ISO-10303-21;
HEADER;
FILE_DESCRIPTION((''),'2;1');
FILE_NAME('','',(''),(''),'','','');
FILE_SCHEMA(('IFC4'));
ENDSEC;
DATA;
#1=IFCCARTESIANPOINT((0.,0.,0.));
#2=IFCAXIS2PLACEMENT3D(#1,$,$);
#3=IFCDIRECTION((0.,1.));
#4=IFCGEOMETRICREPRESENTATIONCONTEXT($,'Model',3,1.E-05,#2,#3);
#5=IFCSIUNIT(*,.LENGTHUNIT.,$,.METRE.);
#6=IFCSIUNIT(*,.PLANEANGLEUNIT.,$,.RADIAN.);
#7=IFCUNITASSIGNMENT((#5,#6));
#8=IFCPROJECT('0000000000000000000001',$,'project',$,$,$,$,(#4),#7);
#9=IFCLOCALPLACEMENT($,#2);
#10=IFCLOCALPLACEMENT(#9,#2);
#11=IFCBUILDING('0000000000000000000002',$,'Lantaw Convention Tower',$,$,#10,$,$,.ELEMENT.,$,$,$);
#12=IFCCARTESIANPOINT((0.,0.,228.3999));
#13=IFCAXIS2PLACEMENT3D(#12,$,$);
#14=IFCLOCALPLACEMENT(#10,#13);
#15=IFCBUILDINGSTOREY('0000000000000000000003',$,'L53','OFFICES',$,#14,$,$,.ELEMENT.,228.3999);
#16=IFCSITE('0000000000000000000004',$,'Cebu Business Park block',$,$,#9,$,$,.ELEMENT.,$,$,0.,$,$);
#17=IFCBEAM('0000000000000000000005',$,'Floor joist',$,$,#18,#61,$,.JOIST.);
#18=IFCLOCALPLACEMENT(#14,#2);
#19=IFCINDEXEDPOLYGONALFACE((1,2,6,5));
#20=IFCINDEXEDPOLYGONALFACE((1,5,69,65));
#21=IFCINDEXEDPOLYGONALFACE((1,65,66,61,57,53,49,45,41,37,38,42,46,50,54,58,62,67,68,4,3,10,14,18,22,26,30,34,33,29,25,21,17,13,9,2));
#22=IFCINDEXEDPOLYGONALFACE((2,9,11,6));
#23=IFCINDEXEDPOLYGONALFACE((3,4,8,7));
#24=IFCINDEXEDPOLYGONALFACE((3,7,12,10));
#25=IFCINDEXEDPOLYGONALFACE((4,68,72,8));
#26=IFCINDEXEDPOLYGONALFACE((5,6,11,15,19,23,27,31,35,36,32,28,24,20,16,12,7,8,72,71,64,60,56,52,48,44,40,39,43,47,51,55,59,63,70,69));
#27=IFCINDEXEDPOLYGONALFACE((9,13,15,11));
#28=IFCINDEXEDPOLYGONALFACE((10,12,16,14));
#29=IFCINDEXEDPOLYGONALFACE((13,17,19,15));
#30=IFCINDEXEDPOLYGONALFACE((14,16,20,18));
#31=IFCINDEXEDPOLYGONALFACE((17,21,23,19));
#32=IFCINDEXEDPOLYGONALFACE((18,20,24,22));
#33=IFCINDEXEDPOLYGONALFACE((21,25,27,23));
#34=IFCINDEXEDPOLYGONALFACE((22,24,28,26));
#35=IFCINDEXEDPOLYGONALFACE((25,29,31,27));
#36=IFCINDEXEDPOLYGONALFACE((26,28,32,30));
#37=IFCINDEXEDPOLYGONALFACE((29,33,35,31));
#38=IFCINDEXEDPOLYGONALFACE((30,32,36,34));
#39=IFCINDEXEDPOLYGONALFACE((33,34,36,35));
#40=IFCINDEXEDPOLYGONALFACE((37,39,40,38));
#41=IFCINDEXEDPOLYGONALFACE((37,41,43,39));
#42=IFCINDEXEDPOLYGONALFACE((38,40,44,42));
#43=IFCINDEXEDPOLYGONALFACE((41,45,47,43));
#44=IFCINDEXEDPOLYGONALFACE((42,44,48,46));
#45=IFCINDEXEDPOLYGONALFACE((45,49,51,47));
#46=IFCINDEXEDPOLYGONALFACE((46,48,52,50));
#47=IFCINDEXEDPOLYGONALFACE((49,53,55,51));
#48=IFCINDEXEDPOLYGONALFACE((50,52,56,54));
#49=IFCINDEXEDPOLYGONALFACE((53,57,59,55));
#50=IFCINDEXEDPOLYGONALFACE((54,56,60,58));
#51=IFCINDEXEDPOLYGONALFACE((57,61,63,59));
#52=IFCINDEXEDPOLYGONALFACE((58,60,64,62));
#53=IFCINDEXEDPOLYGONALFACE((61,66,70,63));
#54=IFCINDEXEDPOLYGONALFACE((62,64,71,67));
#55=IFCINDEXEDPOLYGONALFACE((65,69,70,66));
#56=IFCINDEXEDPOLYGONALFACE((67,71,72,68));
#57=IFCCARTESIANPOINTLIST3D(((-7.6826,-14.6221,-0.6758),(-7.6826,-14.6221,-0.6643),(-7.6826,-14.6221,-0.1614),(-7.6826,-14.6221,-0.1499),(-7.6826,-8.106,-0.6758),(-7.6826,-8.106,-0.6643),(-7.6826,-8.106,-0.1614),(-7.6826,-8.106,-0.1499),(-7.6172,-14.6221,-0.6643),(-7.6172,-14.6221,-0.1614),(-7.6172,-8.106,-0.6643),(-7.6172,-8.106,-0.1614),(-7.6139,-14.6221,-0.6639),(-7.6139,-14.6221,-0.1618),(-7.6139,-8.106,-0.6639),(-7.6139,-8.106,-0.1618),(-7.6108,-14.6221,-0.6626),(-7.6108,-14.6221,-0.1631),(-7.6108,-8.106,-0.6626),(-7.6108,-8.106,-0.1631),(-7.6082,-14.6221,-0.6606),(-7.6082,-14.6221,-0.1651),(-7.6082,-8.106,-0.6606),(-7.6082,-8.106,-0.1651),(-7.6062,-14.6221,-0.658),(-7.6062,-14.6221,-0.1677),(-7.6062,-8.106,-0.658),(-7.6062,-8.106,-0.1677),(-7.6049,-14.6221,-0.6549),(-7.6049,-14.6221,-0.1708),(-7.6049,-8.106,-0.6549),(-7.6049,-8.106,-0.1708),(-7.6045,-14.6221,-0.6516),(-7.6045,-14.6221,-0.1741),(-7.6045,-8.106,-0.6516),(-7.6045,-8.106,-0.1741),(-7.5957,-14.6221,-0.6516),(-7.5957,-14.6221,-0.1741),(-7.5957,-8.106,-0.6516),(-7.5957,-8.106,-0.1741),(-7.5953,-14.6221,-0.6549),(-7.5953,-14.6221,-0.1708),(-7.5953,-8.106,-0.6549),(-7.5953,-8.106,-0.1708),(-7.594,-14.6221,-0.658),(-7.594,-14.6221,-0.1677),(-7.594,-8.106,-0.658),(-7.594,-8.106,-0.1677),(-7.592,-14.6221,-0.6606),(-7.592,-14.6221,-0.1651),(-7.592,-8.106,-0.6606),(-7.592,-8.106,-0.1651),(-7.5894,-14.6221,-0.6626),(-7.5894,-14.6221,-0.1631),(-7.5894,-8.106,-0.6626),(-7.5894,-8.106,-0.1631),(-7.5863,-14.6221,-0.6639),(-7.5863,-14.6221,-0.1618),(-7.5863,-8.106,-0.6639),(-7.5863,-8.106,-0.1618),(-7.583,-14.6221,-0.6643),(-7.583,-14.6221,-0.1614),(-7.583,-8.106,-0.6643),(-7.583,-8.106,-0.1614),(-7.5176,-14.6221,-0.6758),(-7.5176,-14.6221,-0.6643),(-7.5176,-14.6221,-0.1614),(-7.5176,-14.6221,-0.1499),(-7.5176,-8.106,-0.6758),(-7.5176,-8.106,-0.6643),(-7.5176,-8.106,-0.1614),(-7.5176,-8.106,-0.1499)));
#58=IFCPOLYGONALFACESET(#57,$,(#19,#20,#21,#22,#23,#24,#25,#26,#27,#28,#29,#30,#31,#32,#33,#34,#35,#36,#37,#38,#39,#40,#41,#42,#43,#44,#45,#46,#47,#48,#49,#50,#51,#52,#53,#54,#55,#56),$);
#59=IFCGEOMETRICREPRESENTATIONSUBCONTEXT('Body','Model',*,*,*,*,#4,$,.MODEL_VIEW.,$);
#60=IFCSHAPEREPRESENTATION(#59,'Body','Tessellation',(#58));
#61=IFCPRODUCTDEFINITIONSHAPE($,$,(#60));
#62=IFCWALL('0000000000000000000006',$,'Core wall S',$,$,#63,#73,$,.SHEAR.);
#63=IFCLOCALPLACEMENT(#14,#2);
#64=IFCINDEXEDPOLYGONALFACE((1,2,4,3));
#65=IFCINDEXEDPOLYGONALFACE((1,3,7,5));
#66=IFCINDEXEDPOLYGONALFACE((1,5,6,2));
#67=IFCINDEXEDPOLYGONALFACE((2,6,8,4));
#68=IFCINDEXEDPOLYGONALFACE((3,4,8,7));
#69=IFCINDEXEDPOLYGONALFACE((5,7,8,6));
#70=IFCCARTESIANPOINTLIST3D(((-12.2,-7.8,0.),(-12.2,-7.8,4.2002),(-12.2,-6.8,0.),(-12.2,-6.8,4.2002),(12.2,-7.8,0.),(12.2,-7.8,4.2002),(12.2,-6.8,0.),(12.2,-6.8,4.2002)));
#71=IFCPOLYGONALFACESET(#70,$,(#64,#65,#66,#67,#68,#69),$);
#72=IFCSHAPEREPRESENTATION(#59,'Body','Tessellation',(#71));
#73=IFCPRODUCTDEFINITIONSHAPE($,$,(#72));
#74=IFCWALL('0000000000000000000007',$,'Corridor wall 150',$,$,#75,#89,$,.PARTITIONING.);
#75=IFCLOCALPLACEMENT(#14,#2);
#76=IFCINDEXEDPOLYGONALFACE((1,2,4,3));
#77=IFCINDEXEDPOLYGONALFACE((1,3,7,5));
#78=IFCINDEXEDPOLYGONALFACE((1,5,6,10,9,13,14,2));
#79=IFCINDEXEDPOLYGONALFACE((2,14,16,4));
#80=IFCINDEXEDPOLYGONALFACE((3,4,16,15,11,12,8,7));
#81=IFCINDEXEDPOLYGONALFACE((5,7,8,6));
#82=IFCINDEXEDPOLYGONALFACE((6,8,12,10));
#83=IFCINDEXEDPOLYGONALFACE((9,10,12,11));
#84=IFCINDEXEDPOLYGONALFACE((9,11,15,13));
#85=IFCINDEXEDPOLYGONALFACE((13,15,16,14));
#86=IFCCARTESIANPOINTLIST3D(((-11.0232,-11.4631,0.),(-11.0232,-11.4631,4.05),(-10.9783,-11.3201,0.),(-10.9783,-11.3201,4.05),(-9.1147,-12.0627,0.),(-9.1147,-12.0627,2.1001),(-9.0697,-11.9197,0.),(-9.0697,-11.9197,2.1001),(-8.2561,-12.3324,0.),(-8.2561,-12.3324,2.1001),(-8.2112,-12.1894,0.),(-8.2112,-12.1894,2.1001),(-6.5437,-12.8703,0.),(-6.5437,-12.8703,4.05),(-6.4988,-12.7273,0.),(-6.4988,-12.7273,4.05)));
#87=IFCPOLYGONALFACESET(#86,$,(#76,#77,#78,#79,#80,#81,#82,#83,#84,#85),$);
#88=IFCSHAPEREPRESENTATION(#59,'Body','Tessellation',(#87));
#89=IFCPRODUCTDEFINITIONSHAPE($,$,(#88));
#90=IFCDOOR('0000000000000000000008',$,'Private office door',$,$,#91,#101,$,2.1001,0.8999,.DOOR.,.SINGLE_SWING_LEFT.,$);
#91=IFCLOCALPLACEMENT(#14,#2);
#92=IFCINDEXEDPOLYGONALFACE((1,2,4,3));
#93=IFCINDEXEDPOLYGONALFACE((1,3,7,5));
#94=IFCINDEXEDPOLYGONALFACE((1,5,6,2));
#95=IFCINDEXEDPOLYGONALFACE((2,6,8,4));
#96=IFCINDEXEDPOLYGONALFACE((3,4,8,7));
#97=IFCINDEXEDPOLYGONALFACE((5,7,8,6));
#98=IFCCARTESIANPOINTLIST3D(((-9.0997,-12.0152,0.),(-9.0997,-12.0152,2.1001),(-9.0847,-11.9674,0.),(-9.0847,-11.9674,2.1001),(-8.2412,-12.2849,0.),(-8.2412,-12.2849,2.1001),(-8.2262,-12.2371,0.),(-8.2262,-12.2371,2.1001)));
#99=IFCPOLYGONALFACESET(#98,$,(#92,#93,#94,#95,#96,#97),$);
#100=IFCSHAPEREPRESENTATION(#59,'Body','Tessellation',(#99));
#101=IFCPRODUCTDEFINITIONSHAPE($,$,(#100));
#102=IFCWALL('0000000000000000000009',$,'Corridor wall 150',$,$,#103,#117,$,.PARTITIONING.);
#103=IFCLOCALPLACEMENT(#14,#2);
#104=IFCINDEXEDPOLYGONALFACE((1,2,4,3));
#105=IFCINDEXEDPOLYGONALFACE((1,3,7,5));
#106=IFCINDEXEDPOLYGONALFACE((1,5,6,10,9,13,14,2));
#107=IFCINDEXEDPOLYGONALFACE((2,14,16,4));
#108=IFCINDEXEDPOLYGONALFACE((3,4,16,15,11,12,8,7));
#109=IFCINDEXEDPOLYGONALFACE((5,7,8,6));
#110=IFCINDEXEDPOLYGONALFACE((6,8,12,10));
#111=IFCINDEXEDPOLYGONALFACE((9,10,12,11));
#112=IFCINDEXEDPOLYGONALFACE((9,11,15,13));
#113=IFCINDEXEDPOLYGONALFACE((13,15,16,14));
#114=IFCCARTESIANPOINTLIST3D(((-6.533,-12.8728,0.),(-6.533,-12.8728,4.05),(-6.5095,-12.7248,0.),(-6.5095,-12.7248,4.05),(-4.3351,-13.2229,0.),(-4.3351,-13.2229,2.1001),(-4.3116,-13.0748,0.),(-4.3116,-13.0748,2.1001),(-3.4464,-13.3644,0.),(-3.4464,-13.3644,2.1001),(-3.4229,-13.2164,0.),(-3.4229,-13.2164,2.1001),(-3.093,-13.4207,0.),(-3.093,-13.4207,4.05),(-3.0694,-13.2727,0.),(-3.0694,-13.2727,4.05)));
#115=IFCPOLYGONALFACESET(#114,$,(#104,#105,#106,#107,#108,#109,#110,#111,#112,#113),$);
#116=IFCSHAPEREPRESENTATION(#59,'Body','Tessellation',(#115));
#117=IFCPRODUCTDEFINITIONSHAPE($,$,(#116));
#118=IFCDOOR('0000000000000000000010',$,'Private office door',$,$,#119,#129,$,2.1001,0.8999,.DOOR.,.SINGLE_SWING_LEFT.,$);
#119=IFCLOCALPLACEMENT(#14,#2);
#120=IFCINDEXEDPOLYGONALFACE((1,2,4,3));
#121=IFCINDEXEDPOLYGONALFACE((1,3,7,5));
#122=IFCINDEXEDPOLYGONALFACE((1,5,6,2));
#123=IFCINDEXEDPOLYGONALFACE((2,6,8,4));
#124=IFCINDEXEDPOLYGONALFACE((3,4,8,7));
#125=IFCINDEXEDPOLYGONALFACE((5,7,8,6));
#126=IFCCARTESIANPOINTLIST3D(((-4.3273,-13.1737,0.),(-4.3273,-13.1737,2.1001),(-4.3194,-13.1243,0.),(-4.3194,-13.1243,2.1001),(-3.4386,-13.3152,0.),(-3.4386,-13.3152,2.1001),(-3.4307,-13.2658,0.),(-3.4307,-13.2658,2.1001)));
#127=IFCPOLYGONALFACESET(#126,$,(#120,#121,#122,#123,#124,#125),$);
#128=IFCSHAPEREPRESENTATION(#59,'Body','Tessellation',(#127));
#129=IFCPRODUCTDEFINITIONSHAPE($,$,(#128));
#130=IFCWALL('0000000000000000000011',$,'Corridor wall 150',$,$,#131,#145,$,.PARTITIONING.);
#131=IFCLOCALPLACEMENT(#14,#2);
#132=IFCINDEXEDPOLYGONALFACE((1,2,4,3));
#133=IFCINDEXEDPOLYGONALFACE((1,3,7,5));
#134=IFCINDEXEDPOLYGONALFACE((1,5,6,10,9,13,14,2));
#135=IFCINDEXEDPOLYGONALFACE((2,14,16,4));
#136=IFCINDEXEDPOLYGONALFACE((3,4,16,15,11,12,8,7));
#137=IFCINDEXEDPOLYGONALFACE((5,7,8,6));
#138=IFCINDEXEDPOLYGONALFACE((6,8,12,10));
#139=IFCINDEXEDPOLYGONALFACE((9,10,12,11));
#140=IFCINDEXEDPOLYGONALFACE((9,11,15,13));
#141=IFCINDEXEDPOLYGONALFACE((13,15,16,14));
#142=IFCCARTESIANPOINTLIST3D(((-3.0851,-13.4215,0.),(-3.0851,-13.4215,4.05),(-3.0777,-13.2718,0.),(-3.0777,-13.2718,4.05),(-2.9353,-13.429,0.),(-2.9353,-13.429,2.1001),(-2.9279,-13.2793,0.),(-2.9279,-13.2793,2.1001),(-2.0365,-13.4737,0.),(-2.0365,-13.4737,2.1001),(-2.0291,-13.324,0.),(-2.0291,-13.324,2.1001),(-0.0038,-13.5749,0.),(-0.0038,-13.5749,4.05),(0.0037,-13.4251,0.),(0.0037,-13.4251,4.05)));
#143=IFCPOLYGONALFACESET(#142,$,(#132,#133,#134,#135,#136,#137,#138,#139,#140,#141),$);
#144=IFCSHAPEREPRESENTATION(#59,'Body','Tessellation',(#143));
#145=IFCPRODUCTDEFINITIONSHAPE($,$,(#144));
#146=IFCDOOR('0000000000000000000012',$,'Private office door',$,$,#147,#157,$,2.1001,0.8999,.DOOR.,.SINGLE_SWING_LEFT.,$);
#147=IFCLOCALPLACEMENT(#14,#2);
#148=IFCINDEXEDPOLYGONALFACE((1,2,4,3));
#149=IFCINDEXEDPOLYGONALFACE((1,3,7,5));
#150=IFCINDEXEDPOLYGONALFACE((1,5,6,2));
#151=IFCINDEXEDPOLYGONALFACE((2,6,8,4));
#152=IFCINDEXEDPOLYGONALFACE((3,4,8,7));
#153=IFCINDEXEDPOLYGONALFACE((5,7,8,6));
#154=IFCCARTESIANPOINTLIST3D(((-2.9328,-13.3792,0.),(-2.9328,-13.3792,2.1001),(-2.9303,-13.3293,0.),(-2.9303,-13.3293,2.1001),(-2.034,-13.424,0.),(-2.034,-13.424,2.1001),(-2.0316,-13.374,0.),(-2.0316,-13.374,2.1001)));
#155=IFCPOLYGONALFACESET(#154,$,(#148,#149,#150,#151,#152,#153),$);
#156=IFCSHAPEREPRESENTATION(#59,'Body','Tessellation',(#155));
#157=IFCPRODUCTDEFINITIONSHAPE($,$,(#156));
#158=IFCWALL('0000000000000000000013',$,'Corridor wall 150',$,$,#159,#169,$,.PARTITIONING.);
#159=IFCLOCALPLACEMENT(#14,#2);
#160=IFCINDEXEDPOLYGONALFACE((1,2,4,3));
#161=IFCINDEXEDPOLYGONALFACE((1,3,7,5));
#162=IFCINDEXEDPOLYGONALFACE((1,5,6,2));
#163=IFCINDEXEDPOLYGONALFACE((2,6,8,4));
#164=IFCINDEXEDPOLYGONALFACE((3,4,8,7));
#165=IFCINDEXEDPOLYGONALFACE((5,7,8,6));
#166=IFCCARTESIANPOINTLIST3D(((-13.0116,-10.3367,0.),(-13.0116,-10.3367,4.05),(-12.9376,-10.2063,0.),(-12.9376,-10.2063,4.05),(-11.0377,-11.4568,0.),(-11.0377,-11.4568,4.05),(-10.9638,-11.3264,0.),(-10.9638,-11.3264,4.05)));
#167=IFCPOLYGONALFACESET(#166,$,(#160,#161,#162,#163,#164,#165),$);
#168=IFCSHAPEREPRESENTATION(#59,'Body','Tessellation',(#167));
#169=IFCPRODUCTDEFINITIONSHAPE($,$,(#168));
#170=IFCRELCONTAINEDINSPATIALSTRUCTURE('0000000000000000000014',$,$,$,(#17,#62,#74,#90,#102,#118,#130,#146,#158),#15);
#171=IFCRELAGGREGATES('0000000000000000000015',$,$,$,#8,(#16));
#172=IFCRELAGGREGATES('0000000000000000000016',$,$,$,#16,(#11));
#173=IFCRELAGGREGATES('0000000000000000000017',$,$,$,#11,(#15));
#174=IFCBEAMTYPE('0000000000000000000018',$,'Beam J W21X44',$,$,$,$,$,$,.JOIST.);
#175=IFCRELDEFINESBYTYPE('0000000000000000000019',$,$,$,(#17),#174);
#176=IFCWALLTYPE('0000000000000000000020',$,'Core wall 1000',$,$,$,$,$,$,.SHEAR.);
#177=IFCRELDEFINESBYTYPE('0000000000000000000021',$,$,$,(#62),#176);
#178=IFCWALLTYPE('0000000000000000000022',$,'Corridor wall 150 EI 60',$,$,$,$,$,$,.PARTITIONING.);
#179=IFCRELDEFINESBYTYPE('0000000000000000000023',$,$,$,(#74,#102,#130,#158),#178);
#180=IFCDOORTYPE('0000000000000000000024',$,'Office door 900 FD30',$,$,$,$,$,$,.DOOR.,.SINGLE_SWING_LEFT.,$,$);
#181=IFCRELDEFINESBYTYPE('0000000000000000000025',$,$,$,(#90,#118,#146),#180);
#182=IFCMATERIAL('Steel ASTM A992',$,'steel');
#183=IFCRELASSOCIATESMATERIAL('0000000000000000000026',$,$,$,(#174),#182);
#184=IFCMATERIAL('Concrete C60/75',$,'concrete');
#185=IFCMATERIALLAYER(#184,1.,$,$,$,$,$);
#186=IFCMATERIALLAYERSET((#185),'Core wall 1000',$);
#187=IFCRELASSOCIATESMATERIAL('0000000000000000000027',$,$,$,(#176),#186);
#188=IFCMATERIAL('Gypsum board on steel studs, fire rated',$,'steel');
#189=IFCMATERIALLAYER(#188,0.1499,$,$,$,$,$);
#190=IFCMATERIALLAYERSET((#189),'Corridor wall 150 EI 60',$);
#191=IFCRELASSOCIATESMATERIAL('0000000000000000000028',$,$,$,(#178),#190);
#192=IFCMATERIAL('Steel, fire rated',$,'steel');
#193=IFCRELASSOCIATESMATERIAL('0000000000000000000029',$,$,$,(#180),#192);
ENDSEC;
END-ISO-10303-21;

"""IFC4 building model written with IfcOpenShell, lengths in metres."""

from ifc_helpers import new_model, si_unit, direction, frame, frame_2d, origin, origin_2d, place, context, subcontext, project, spatial, rectangle, i_section, extrude, material, layer, layer_set, material_profile, profile_set, type_object, element, fill, save


model = new_model("IFC4")

# Units and contexts
model_context = context("Model", 3, precision=1e-05, world=origin(), true_north=direction((0.0, 1.0)))
body_context = subcontext(model_context, "Body", "Model", "MODEL_VIEW")
ifc_project = project(units=[si_unit("LENGTHUNIT", "METRE"), si_unit("PLANEANGLEUNIT", "RADIAN")], contexts=[model_context])

# Site, building, storey
site_placement = place(None, origin())
site = spatial("IfcSite", under=ifc_project, at=site_placement, Name="Cebu Business Park block", CompositionType="ELEMENT", RefElevation=0.0)
building_placement = place(site_placement, origin())
building = spatial("IfcBuilding", under=site, at=building_placement, Name="Lantaw Convention Tower", CompositionType="ELEMENT")
storey_placement = place(building_placement, frame((0.0, 0.0, 228.3999)))
storey = spatial("IfcBuildingStorey", under=building, at=storey_placement, Name="L53", Description="OFFICES", CompositionType="ELEMENT", Elevation=228.3999)

# Shared definitions
ifc_material_1 = material(Name="Concrete C60/75", Category="concrete")

# Beam
ifc_material_2 = material(Name="Steel ASTM A992", Category="steel")
ifc_material_profile_1 = material_profile(ifc_material_2, i_section(OverallWidth=0.165, OverallDepth=0.5259, WebThickness=0.0088, FlangeThickness=0.0115, FilletRadius=0.0127, at=origin_2d()), Name="W21X44")
ifc_profile_set_1 = profile_set([ifc_material_profile_1], Name="Steel ASTM A992")
beam_type_1 = type_object("IfcBeamType", Name="Beam J W21X44", PredefinedType="JOIST", material=ifc_profile_set_1)
beam_1_placement = place(storey_placement, frame((-7.6001, -14.6221, -0.4128), z_axis=(0.0, 1.0, 0.0), x_axis=(-1.0, 0.0, 0.0)))
element("IfcBeam", 1, at=beam_1_placement, inside=storey, type_object=beam_type_1, Name="Floor joist", PredefinedType="JOIST", context=body_context, shape_type="SweptSolid", body=[
    extrude(i_section(OverallWidth=0.165, OverallDepth=0.5259, WebThickness=0.0088, FlangeThickness=0.0115, FilletRadius=0.0127, at=origin_2d()), origin(), (0.0, 0.0, 1.0), 6.5161),
])

# Wall
ifc_layer_1 = layer(ifc_material_1, 1.0)
ifc_layer_set_1 = layer_set([ifc_layer_1], Name="Core wall 1000")
wall_type_1 = type_object("IfcWallType", Name="Core wall 1000", PredefinedType="SHEAR", material=ifc_layer_set_1)
wall_1_placement = place(storey_placement, frame((-12.2, -7.3, 0.0), z_axis=(0.0, 0.0, 1.0), x_axis=(1.0, 0.0, 0.0)))
element("IfcWall", 2, at=wall_1_placement, inside=storey, type_object=wall_type_1, Name="Core wall S", PredefinedType="SHEAR", context=body_context, shape_type="SweptSolid", body=[
    extrude(rectangle(XDim=24.3999, YDim=1.0, at=frame_2d((12.2, 0.0))), origin(), (0.0, 0.0, 1.0), 4.2002),
])

# Walls, openings, doors
ifc_material_3 = material(Name="Gypsum board on steel studs, fire rated", Category="steel")
ifc_layer_2 = layer(ifc_material_3, 0.1499)
ifc_layer_set_2 = layer_set([ifc_layer_2], Name="Corridor wall 150 EI 60")
wall_type_2 = type_object("IfcWallType", Name="Corridor wall 150 EI 60", PredefinedType="PARTITIONING", material=ifc_layer_set_2)
wall_2_placement = place(storey_placement, frame((-11.0007, -11.3916, 0.0), z_axis=(0.0, 0.0, 1.0), x_axis=(0.954031, -0.299708, 0.0)))
wall_2 = element("IfcWall", 3, at=wall_2_placement, inside=storey, type_object=wall_type_2, Name="Corridor wall 150", PredefinedType="PARTITIONING", context=body_context, shape_type="SweptSolid", body=[
    extrude(rectangle(XDim=4.6953, YDim=0.1499, at=frame_2d((2.3477, 0.0))), origin(), (0.0, 0.0, 1.0), 4.05),
])
opening_1_placement = place(wall_2_placement, frame((2.0005, 0.0, 0.0)))
opening_1 = element("IfcOpeningElement", 4, at=opening_1_placement, cuts=wall_2, PredefinedType="OPENING", context=body_context, shape_type="SweptSolid", body=[
    extrude(rectangle(XDim=0.8999, YDim=2.1001, at=frame_2d((0.45, 1.05))), frame((0.0, 0.085, 0.0), z_axis=(0.0, -1.0, 0.0), x_axis=(1.0, 0.0, 0.0)), (0.0, 0.0, 1.0), 0.1699),
])
ifc_material_4 = material(Name="Steel, fire rated", Category="steel")
door_type_1 = type_object("IfcDoorType", Name="Office door 900 FD30", OperationType="SINGLE_SWING_LEFT", PredefinedType="DOOR", material=ifc_material_4)
door_1_placement = place(opening_1_placement, origin())
door_1 = element("IfcDoor", 5, at=door_1_placement, inside=storey, type_object=door_type_1, Name="Private office door", OperationType="SINGLE_SWING_LEFT", OverallHeight=2.1001, OverallWidth=0.8999, PredefinedType="DOOR", context=body_context, shape_type="SweptSolid", body=[
    extrude(rectangle(XDim=0.8999, YDim=2.1001, at=frame_2d((0.45, 1.05))), frame((0.0, 0.0249, 0.0), z_axis=(0.0, -1.0, 0.0), x_axis=(1.0, 0.0, 0.0)), (0.0, 0.0, 1.0), 0.05),
])
fill(opening_1, door_1)
wall_3_placement = place(storey_placement, frame((-6.5212, -12.7988, 0.0), z_axis=(0.0, 0.0, 1.0), x_axis=(0.987554, -0.15728, 0.0)))
wall_3 = element("IfcWall", 6, at=wall_3_placement, inside=storey, type_object=wall_type_2, Name="Corridor wall 150", PredefinedType="PARTITIONING", context=body_context, shape_type="SweptSolid", body=[
    extrude(rectangle(XDim=3.4834, YDim=0.1499, at=frame_2d((1.7417, 0.0))), origin(), (0.0, 0.0, 1.0), 4.05),
])
opening_2_placement = place(wall_3_placement, frame((2.2256, 0.0, 0.0)))
opening_2 = element("IfcOpeningElement", 7, at=opening_2_placement, cuts=wall_3, PredefinedType="OPENING", context=body_context, shape_type="SweptSolid", body=[
    extrude(rectangle(XDim=0.8999, YDim=2.1001, at=frame_2d((0.45, 1.05))), frame((0.0, 0.085, 0.0), z_axis=(0.0, -1.0, 0.0), x_axis=(1.0, 0.0, 0.0)), (0.0, 0.0, 1.0), 0.1699),
])
door_2_placement = place(opening_2_placement, origin())
door_2 = element("IfcDoor", 8, at=door_2_placement, inside=storey, type_object=door_type_1, Name="Private office door", OperationType="SINGLE_SWING_LEFT", OverallHeight=2.1001, OverallWidth=0.8999, PredefinedType="DOOR", context=body_context, shape_type="SweptSolid", body=[
    extrude(rectangle(XDim=0.8999, YDim=2.1001, at=frame_2d((0.45, 1.05))), frame((0.0, 0.0249, 0.0), z_axis=(0.0, -1.0, 0.0), x_axis=(1.0, 0.0, 0.0)), (0.0, 0.0, 1.0), 0.05),
])
fill(opening_2, door_2)
wall_4_placement = place(storey_placement, frame((-3.0813, -13.3467, 0.0), z_axis=(0.0, 0.0, 1.0), x_axis=(0.998764, -0.049697, 0.0)))
wall_4 = element("IfcWall", 9, at=wall_4_placement, inside=storey, type_object=wall_type_2, Name="Corridor wall 150", PredefinedType="PARTITIONING", context=body_context, shape_type="SweptSolid", body=[
    extrude(rectangle(XDim=3.0852, YDim=0.1499, at=frame_2d((1.5425, 0.0))), origin(), (0.0, 0.0, 1.0), 4.05),
])
opening_3_placement = place(wall_4_placement, frame((0.1499, 0.0, 0.0)))
opening_3 = element("IfcOpeningElement", 10, at=opening_3_placement, cuts=wall_4, PredefinedType="OPENING", context=body_context, shape_type="SweptSolid", body=[
    extrude(rectangle(XDim=0.8999, YDim=2.1001, at=frame_2d((0.45, 1.05))), frame((0.0, 0.085, 0.0), z_axis=(0.0, -1.0, 0.0), x_axis=(1.0, 0.0, 0.0)), (0.0, 0.0, 1.0), 0.1699),
])
door_3_placement = place(opening_3_placement, origin())
door_3 = element("IfcDoor", 11, at=door_3_placement, inside=storey, type_object=door_type_1, Name="Private office door", OperationType="SINGLE_SWING_LEFT", OverallHeight=2.1001, OverallWidth=0.8999, PredefinedType="DOOR", context=body_context, shape_type="SweptSolid", body=[
    extrude(rectangle(XDim=0.8999, YDim=2.1001, at=frame_2d((0.45, 1.05))), frame((0.0, 0.0249, 0.0), z_axis=(0.0, -1.0, 0.0), x_axis=(1.0, 0.0, 0.0)), (0.0, 0.0, 1.0), 0.05),
])
fill(opening_3, door_3)

# Wall
wall_5_placement = place(storey_placement, frame((-12.9746, -10.2715, 0.0), z_axis=(0.0, 0.0, 1.0), x_axis=(0.869722, -0.493542, 0.0)))
element("IfcWall", 12, at=wall_5_placement, inside=storey, type_object=wall_type_2, Name="Corridor wall 150", PredefinedType="PARTITIONING", context=body_context, shape_type="SweptSolid", body=[
    extrude(rectangle(XDim=2.2695, YDim=0.1499, at=frame_2d((1.1348, 0.0))), origin(), (0.0, 0.0, 1.0), 4.05),
])

save(model, "model.ifc")
